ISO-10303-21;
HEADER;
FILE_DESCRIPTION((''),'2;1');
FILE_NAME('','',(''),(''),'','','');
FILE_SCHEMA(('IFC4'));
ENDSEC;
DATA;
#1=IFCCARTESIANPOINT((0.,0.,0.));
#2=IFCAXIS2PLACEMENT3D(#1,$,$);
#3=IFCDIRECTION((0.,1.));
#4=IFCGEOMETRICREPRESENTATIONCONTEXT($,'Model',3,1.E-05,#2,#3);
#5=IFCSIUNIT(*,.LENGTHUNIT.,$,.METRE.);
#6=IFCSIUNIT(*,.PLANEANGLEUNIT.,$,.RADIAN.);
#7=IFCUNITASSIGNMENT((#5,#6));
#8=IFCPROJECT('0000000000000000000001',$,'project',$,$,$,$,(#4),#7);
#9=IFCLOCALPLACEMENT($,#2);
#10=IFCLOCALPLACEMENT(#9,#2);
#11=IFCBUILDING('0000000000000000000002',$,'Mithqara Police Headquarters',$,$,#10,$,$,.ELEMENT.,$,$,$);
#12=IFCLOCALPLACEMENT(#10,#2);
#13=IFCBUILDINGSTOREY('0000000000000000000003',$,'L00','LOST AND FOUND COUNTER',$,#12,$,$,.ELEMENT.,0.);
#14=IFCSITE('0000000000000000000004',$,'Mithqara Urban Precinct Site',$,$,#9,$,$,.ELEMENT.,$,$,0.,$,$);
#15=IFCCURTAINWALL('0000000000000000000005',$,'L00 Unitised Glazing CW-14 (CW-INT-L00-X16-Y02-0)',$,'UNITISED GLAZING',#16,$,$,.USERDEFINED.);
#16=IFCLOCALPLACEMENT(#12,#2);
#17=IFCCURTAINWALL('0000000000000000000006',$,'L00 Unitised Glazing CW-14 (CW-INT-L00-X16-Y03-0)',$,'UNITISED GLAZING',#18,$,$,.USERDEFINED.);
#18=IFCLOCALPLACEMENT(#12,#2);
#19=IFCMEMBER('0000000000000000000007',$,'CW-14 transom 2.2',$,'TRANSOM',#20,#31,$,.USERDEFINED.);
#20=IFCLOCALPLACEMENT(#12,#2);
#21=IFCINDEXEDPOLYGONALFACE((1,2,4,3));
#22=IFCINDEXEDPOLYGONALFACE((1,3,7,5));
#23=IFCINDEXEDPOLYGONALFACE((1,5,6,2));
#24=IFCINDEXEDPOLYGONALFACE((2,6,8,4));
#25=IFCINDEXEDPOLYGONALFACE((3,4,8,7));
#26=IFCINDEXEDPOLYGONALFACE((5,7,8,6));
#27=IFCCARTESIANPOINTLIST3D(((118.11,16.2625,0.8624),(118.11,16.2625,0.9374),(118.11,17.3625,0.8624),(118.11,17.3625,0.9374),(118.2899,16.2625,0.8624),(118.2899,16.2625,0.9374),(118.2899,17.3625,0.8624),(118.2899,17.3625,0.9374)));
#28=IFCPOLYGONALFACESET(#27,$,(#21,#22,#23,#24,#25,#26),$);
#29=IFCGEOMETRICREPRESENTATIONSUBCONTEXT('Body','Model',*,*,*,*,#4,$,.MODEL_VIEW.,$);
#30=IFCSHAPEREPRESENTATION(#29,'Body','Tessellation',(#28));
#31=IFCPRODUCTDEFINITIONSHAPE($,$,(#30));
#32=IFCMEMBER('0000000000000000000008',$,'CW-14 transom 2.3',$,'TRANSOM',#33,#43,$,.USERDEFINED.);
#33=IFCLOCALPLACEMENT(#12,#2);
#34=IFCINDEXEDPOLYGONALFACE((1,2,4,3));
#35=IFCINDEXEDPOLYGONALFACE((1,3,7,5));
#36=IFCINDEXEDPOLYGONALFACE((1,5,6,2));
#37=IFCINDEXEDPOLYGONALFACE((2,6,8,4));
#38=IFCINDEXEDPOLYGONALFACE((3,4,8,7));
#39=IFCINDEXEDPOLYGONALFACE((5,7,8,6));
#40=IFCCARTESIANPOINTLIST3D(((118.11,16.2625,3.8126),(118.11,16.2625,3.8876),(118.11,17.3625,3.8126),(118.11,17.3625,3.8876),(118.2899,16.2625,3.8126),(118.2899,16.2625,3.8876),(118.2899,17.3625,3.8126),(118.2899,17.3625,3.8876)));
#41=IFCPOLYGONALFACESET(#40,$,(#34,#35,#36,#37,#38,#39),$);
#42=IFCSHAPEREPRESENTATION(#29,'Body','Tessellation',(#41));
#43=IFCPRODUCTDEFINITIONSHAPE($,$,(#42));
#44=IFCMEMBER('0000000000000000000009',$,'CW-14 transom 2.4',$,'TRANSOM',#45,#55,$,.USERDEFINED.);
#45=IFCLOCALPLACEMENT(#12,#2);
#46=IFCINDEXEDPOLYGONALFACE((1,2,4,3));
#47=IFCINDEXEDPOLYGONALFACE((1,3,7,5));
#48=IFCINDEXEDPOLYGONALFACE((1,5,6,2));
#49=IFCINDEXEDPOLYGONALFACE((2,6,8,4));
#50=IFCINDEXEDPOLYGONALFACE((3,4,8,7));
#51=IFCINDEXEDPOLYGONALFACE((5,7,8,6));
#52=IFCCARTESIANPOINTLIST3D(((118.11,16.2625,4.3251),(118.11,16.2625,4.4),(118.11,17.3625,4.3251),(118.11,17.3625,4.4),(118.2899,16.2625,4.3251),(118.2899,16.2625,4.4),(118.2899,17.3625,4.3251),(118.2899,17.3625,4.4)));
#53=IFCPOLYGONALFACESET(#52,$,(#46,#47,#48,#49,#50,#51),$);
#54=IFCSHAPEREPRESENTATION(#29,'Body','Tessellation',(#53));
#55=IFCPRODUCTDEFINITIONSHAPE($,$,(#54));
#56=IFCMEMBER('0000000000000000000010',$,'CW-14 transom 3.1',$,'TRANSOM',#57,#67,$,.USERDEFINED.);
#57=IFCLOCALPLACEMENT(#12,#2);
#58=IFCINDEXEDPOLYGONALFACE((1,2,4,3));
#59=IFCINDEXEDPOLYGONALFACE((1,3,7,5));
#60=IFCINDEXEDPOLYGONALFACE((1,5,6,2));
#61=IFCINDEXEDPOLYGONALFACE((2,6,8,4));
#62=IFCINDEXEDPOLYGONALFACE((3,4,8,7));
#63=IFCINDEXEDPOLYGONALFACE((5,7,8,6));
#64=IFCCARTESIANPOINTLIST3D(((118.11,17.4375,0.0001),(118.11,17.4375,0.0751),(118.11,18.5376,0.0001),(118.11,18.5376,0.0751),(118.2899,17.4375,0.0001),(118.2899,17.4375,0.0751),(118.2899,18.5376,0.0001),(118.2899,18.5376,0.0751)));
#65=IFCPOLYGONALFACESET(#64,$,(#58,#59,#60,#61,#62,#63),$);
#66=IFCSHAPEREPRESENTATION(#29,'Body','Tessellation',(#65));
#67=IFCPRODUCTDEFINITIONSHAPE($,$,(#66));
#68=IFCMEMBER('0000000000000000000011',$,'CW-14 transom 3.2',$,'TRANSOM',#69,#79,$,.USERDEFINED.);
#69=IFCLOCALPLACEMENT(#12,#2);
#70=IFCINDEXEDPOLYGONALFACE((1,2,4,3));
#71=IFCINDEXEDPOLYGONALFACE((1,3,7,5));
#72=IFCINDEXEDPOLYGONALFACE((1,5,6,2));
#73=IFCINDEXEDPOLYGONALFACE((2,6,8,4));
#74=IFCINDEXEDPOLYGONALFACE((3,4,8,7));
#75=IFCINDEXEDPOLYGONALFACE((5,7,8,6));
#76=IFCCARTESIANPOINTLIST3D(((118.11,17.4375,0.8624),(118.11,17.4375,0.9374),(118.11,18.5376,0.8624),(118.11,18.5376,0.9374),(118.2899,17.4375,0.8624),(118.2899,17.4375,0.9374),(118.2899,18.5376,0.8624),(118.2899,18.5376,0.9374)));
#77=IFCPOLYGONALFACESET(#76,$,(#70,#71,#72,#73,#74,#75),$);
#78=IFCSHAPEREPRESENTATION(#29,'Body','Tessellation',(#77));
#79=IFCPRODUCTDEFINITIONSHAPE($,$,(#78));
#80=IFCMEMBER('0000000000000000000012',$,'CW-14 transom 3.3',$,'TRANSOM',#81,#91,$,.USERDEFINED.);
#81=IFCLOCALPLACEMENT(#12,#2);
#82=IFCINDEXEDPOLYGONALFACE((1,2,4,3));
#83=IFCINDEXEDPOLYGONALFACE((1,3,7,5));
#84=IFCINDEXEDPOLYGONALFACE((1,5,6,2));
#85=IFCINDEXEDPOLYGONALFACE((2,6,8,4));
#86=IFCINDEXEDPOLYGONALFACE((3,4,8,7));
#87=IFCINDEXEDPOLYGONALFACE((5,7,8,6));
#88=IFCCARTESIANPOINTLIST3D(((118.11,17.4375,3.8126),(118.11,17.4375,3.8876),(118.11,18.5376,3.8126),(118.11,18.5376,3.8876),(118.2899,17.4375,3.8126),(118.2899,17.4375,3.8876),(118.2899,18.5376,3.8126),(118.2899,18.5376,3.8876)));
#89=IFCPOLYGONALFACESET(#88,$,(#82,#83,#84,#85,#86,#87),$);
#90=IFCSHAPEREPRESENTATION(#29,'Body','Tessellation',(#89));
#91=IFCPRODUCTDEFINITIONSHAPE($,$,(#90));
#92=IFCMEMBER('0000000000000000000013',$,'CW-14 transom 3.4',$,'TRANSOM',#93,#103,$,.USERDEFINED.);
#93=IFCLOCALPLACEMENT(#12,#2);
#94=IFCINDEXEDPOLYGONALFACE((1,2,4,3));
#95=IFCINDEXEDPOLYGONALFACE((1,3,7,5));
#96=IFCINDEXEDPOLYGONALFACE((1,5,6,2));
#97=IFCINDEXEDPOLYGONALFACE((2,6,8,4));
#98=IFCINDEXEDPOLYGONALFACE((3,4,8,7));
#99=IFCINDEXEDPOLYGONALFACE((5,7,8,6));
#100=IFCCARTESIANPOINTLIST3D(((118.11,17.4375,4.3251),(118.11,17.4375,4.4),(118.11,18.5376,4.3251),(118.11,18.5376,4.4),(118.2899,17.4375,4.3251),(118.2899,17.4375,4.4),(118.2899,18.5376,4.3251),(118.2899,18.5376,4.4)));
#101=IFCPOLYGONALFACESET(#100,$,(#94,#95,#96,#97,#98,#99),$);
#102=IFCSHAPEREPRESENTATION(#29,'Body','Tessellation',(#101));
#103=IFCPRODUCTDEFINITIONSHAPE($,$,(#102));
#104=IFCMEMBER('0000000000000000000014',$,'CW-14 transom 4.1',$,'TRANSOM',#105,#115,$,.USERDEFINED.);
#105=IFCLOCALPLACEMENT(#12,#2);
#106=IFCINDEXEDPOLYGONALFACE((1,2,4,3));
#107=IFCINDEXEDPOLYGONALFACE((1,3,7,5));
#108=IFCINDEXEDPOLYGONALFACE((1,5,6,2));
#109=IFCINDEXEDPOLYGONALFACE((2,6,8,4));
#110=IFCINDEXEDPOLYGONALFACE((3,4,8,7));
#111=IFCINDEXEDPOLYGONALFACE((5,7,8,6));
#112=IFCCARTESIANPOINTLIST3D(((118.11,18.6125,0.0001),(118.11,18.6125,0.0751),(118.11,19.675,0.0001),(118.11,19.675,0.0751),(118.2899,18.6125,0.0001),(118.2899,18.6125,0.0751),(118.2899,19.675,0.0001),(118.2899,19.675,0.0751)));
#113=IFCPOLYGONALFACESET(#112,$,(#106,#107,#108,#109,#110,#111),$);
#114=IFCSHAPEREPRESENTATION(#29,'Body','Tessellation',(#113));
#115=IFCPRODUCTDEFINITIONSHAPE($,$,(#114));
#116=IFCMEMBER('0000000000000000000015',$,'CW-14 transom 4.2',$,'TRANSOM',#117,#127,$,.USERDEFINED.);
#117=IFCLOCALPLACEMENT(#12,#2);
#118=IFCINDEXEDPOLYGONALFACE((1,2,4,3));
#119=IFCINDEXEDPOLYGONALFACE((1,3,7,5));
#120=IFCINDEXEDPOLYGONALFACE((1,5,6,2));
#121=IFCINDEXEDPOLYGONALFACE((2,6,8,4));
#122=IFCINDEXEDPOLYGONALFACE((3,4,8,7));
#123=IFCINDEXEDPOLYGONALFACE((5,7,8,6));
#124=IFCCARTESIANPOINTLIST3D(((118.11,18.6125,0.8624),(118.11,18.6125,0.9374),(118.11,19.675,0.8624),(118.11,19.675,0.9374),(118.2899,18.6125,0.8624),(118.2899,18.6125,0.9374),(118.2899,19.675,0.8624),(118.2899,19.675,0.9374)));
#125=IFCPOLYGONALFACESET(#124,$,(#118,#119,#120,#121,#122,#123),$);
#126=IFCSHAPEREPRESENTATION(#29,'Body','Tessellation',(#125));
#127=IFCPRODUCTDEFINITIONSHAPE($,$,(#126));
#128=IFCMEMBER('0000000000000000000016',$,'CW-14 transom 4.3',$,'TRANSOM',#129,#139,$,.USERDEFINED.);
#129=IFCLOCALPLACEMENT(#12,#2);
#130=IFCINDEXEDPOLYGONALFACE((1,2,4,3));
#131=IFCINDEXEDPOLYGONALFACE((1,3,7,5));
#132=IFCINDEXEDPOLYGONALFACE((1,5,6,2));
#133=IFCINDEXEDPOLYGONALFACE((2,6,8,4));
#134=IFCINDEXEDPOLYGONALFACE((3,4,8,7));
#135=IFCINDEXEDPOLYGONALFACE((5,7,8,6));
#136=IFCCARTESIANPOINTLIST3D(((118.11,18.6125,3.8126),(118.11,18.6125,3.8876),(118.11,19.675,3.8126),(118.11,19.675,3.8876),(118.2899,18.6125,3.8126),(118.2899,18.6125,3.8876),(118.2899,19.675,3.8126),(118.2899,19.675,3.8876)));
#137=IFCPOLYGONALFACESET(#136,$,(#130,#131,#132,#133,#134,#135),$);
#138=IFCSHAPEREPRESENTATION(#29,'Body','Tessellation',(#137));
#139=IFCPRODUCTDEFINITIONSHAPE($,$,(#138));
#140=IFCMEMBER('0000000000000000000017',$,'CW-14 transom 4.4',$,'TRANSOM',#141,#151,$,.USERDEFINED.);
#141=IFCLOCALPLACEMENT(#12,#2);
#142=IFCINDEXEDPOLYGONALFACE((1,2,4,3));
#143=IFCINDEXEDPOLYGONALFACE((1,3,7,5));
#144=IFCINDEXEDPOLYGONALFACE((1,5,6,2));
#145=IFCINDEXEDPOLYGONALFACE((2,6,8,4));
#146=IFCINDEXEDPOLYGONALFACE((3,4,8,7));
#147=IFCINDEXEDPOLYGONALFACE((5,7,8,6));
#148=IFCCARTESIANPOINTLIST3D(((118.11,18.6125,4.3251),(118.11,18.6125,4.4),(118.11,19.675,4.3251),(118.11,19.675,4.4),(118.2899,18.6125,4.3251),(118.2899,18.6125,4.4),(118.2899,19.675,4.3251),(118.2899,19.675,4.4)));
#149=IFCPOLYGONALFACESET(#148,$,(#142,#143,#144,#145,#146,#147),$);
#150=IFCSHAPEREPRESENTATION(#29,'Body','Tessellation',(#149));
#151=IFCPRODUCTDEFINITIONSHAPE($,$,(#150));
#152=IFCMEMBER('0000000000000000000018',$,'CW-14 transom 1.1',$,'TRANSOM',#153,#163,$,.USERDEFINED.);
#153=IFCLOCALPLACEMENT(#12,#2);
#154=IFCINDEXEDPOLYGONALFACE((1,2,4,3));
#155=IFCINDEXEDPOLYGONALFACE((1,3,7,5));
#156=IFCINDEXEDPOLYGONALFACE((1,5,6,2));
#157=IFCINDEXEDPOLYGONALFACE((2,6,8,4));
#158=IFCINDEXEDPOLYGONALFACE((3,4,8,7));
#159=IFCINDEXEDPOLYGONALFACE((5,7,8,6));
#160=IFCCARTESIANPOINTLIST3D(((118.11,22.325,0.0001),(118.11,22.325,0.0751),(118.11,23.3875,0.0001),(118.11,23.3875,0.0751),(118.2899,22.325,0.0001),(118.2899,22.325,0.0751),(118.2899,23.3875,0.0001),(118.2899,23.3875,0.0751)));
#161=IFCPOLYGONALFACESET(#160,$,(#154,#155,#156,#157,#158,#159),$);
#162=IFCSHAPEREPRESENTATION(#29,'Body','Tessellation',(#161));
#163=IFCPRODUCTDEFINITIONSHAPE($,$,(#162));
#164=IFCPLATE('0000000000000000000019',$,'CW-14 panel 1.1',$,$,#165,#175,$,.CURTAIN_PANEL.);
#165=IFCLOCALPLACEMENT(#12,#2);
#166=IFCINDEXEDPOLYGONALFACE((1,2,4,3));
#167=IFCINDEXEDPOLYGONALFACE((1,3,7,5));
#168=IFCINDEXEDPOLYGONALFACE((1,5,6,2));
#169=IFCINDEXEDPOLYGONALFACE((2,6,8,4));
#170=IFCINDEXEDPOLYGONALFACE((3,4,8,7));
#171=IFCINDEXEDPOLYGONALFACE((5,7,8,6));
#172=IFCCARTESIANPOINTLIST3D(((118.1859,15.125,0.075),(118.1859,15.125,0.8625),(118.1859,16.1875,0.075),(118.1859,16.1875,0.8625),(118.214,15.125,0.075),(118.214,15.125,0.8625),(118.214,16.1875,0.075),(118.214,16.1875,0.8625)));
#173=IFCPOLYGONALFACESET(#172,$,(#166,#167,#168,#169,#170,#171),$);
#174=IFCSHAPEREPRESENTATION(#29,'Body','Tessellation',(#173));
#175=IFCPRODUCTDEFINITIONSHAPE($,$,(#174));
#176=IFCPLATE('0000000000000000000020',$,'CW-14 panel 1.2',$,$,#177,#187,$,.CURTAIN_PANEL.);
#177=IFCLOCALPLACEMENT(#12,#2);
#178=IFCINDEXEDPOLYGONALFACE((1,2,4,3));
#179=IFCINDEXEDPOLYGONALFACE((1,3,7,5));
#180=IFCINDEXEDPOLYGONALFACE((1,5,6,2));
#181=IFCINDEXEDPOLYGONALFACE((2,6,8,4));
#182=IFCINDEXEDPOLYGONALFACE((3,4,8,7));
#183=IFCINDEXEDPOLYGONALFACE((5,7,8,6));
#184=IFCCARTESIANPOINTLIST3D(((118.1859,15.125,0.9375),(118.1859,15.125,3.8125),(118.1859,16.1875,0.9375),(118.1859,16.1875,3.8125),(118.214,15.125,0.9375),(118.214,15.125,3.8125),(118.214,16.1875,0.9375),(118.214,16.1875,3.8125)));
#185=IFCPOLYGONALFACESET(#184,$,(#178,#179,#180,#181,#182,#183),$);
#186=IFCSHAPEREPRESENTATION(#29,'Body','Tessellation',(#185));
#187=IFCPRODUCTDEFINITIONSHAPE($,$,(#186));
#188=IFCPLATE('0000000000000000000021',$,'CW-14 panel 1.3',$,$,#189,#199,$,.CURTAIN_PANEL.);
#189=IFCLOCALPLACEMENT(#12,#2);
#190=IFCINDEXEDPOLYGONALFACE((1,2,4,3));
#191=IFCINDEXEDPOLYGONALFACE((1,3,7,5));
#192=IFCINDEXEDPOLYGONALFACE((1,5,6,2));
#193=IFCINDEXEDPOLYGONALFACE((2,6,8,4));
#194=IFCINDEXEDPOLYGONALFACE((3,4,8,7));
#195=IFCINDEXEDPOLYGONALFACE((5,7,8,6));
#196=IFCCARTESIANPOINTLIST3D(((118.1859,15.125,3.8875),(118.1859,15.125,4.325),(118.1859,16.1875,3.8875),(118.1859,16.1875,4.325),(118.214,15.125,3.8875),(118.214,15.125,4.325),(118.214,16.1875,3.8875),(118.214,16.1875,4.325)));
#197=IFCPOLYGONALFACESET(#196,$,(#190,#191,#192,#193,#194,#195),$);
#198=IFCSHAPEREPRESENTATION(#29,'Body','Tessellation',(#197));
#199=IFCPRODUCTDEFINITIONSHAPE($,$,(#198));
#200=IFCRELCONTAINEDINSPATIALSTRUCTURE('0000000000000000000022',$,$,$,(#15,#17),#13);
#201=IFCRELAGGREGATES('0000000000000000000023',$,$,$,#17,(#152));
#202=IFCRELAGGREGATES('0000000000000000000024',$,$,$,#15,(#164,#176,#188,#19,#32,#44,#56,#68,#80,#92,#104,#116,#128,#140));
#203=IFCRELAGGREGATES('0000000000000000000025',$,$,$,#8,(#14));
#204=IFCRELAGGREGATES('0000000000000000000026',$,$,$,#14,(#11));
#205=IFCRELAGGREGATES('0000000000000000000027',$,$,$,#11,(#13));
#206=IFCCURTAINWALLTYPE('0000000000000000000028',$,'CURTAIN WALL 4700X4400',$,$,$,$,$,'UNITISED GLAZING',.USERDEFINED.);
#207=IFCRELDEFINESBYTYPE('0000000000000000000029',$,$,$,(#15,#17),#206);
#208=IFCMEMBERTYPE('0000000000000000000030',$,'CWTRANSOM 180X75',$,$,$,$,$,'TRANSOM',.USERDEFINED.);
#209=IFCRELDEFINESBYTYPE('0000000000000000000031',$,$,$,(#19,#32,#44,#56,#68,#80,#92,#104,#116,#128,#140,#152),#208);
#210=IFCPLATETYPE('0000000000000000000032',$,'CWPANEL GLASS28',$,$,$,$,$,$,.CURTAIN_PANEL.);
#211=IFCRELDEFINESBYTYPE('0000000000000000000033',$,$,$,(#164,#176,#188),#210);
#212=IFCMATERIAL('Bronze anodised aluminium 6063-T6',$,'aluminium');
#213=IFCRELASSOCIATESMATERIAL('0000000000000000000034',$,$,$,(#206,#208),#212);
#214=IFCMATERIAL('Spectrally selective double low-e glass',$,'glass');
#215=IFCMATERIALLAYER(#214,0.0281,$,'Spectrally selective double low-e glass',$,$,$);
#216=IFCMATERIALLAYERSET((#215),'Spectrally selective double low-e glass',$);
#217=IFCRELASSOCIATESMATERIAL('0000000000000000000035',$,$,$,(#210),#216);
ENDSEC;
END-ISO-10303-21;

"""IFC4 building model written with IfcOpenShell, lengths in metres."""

from ifc_helpers import new_model, si_unit, direction, frame, origin, origin_2d, place, context, subcontext, project, spatial, rectangle, extrude, material, layer, layer_set, material_profile, profile_set, type_object, element, aggregate, save


model = new_model("IFC4")

# Units and contexts
model_context = context("Model", 3, precision=1e-05, world=origin(), true_north=direction((0.0, 1.0)))
body_context = subcontext(model_context, "Body", "Model", "MODEL_VIEW")
ifc_project = project(units=[si_unit("LENGTHUNIT", "METRE"), si_unit("PLANEANGLEUNIT", "RADIAN")], contexts=[model_context])

# Site, building, storey
site_placement = place(None, origin())
site = spatial("IfcSite", under=ifc_project, at=site_placement, Name="Mithqara Urban Precinct Site", CompositionType="ELEMENT", RefElevation=0.0)
building_placement = place(site_placement, origin())
building = spatial("IfcBuilding", under=site, at=building_placement, Name="Mithqara Police Headquarters", CompositionType="ELEMENT")
storey_placement = place(building_placement, origin())
storey = spatial("IfcBuildingStorey", under=building, at=storey_placement, Name="L00", Description="LOST AND FOUND COUNTER", CompositionType="ELEMENT", Elevation=0.0)

# Curtain wall
ifc_material_1 = material(Name="Bronze anodised aluminium 6063-T6", Category="aluminium")
curtain_wall_type = type_object("IfcCurtainWallType", Name="CURTAIN WALL 4700X4400", ElementType="UNITISED GLAZING", PredefinedType="USERDEFINED", material=ifc_material_1)
curtain_wall_1_placement = place(storey_placement, origin())
curtain_wall_1 = element("IfcCurtainWall", 1, at=curtain_wall_1_placement, inside=storey, type_object=curtain_wall_type, Name="L00 Unitised Glazing CW-14 (CW-INT-L00-X16-Y02-0)", ObjectType="UNITISED GLAZING", PredefinedType="USERDEFINED")

# Curtain wall
curtain_wall_2_placement = place(storey_placement, origin())
curtain_wall_2 = element("IfcCurtainWall", 2, at=curtain_wall_2_placement, inside=storey, type_object=curtain_wall_type, Name="L00 Unitised Glazing CW-14 (CW-INT-L00-X16-Y03-0)", ObjectType="UNITISED GLAZING", PredefinedType="USERDEFINED")

# Members
ifc_material_profile_1 = material_profile(ifc_material_1, rectangle(XDim=0.1799, YDim=0.075, at=origin_2d()), Name="CWT 180x75")
ifc_profile_set_1 = profile_set([ifc_material_profile_1], Name="Bronze anodised aluminium 6063-T6")
member_type_1 = type_object("IfcMemberType", Name="CWTRANSOM 180X75", ElementType="TRANSOM", PredefinedType="USERDEFINED", material=ifc_profile_set_1)
member_1_placement = place(storey_placement, frame((118.2, 16.2625, 0.8999), z_axis=(0.0, 1.0, 0.0), x_axis=(-1.0, 0.0, 0.0)))
member_1 = element("IfcMember", 3, at=member_1_placement, type_object=member_type_1, Name="CW-14 transom 2.2", ObjectType="TRANSOM", PredefinedType="USERDEFINED", context=body_context, shape_type="SweptSolid", body=[
    extrude(rectangle(XDim=0.1799, YDim=0.075, at=origin_2d()), origin(), (0.0, 0.0, 1.0), 1.1001),
])
member_2_placement = place(storey_placement, frame((118.2, 16.2625, 3.8501), z_axis=(0.0, 1.0, 0.0), x_axis=(-1.0, 0.0, 0.0)))
member_2 = element("IfcMember", 4, at=member_2_placement, type_object=member_type_1, Name="CW-14 transom 2.3", ObjectType="TRANSOM", PredefinedType="USERDEFINED", context=body_context, shape_type="SweptSolid", body=[
    extrude(rectangle(XDim=0.1799, YDim=0.075, at=origin_2d()), origin(), (0.0, 0.0, 1.0), 1.1001),
])
member_3_placement = place(storey_placement, frame((118.2, 16.2625, 4.3625), z_axis=(0.0, 1.0, 0.0), x_axis=(-1.0, 0.0, 0.0)))
member_3 = element("IfcMember", 5, at=member_3_placement, type_object=member_type_1, Name="CW-14 transom 2.4", ObjectType="TRANSOM", PredefinedType="USERDEFINED", context=body_context, shape_type="SweptSolid", body=[
    extrude(rectangle(XDim=0.1799, YDim=0.075, at=origin_2d()), origin(), (0.0, 0.0, 1.0), 1.1001),
])
member_4_placement = place(storey_placement, frame((118.2, 17.4375, 0.0376), z_axis=(0.0, 1.0, 0.0), x_axis=(-1.0, 0.0, 0.0)))
member_4 = element("IfcMember", 6, at=member_4_placement, type_object=member_type_1, Name="CW-14 transom 3.1", ObjectType="TRANSOM", PredefinedType="USERDEFINED", context=body_context, shape_type="SweptSolid", body=[
    extrude(rectangle(XDim=0.1799, YDim=0.075, at=origin_2d()), origin(), (0.0, 0.0, 1.0), 1.1001),
])
member_5_placement = place(storey_placement, frame((118.2, 17.4375, 0.8999), z_axis=(0.0, 1.0, 0.0), x_axis=(-1.0, 0.0, 0.0)))
member_5 = element("IfcMember", 7, at=member_5_placement, type_object=member_type_1, Name="CW-14 transom 3.2", ObjectType="TRANSOM", PredefinedType="USERDEFINED", context=body_context, shape_type="SweptSolid", body=[
    extrude(rectangle(XDim=0.1799, YDim=0.075, at=origin_2d()), origin(), (0.0, 0.0, 1.0), 1.1001),
])
member_6_placement = place(storey_placement, frame((118.2, 17.4375, 3.8501), z_axis=(0.0, 1.0, 0.0), x_axis=(-1.0, 0.0, 0.0)))
member_6 = element("IfcMember", 8, at=member_6_placement, type_object=member_type_1, Name="CW-14 transom 3.3", ObjectType="TRANSOM", PredefinedType="USERDEFINED", context=body_context, shape_type="SweptSolid", body=[
    extrude(rectangle(XDim=0.1799, YDim=0.075, at=origin_2d()), origin(), (0.0, 0.0, 1.0), 1.1001),
])
member_7_placement = place(storey_placement, frame((118.2, 17.4375, 4.3625), z_axis=(0.0, 1.0, 0.0), x_axis=(-1.0, 0.0, 0.0)))
member_7 = element("IfcMember", 9, at=member_7_placement, type_object=member_type_1, Name="CW-14 transom 3.4", ObjectType="TRANSOM", PredefinedType="USERDEFINED", context=body_context, shape_type="SweptSolid", body=[
    extrude(rectangle(XDim=0.1799, YDim=0.075, at=origin_2d()), origin(), (0.0, 0.0, 1.0), 1.1001),
])
member_8_placement = place(storey_placement, frame((118.2, 18.6125, 0.0376), z_axis=(0.0, 1.0, 0.0), x_axis=(-1.0, 0.0, 0.0)))
member_8 = element("IfcMember", 10, at=member_8_placement, type_object=member_type_1, Name="CW-14 transom 4.1", ObjectType="TRANSOM", PredefinedType="USERDEFINED", context=body_context, shape_type="SweptSolid", body=[
    extrude(rectangle(XDim=0.1799, YDim=0.075, at=origin_2d()), origin(), (0.0, 0.0, 1.0), 1.0625),
])
member_9_placement = place(storey_placement, frame((118.2, 18.6125, 0.8999), z_axis=(0.0, 1.0, 0.0), x_axis=(-1.0, 0.0, 0.0)))
member_9 = element("IfcMember", 11, at=member_9_placement, type_object=member_type_1, Name="CW-14 transom 4.2", ObjectType="TRANSOM", PredefinedType="USERDEFINED", context=body_context, shape_type="SweptSolid", body=[
    extrude(rectangle(XDim=0.1799, YDim=0.075, at=origin_2d()), origin(), (0.0, 0.0, 1.0), 1.0625),
])
member_10_placement = place(storey_placement, frame((118.2, 18.6125, 3.8501), z_axis=(0.0, 1.0, 0.0), x_axis=(-1.0, 0.0, 0.0)))
member_10 = element("IfcMember", 12, at=member_10_placement, type_object=member_type_1, Name="CW-14 transom 4.3", ObjectType="TRANSOM", PredefinedType="USERDEFINED", context=body_context, shape_type="SweptSolid", body=[
    extrude(rectangle(XDim=0.1799, YDim=0.075, at=origin_2d()), origin(), (0.0, 0.0, 1.0), 1.0625),
])
member_11_placement = place(storey_placement, frame((118.2, 18.6125, 4.3625), z_axis=(0.0, 1.0, 0.0), x_axis=(-1.0, 0.0, 0.0)))
member_11 = element("IfcMember", 13, at=member_11_placement, type_object=member_type_1, Name="CW-14 transom 4.4", ObjectType="TRANSOM", PredefinedType="USERDEFINED", context=body_context, shape_type="SweptSolid", body=[
    extrude(rectangle(XDim=0.1799, YDim=0.075, at=origin_2d()), origin(), (0.0, 0.0, 1.0), 1.0625),
])
member_12_placement = place(storey_placement, frame((118.2, 22.325, 0.0376), z_axis=(0.0, 1.0, 0.0), x_axis=(-1.0, 0.0, 0.0)))
member_12 = element("IfcMember", 14, at=member_12_placement, type_object=member_type_1, Name="CW-14 transom 1.1", ObjectType="TRANSOM", PredefinedType="USERDEFINED", context=body_context, shape_type="SweptSolid", body=[
    extrude(rectangle(XDim=0.1799, YDim=0.075, at=origin_2d()), origin(), (0.0, 0.0, 1.0), 1.0625),
])
aggregate(curtain_wall_2, [member_12])

# Plates
ifc_material_2 = material(Name="Spectrally selective double low-e glass", Category="glass")
ifc_layer = layer(ifc_material_2, 0.0281, Name="Spectrally selective double low-e glass")
ifc_layer_set = layer_set([ifc_layer], Name="Spectrally selective double low-e glass")
plate_type = type_object("IfcPlateType", Name="CWPANEL GLASS28", PredefinedType="CURTAIN_PANEL", material=ifc_layer_set)
plate_1_placement = place(storey_placement, frame((118.2, 15.6562, 0.075), z_axis=(0.0, 0.0, 1.0), x_axis=(0.0, 1.0, 0.0)))
plate_1 = element("IfcPlate", 15, at=plate_1_placement, type_object=plate_type, Name="CW-14 panel 1.1", PredefinedType="CURTAIN_PANEL", context=body_context, shape_type="SweptSolid", body=[
    extrude(rectangle(XDim=1.0625, YDim=0.0281, at=origin_2d()), origin(), (0.0, 0.0, 1.0), 0.7876),
])
plate_2_placement = place(storey_placement, frame((118.2, 15.6562, 0.9375), z_axis=(0.0, 0.0, 1.0), x_axis=(0.0, 1.0, 0.0)))
plate_2 = element("IfcPlate", 16, at=plate_2_placement, type_object=plate_type, Name="CW-14 panel 1.2", PredefinedType="CURTAIN_PANEL", context=body_context, shape_type="SweptSolid", body=[
    extrude(rectangle(XDim=1.0625, YDim=0.0281, at=origin_2d()), origin(), (0.0, 0.0, 1.0), 2.875),
])
plate_3_placement = place(storey_placement, frame((118.2, 15.6562, 3.8875), z_axis=(0.0, 0.0, 1.0), x_axis=(0.0, 1.0, 0.0)))
plate_3 = element("IfcPlate", 17, at=plate_3_placement, type_object=plate_type, Name="CW-14 panel 1.3", PredefinedType="CURTAIN_PANEL", context=body_context, shape_type="SweptSolid", body=[
    extrude(rectangle(XDim=1.0625, YDim=0.0281, at=origin_2d()), origin(), (0.0, 0.0, 1.0), 0.4375),
])
aggregate(curtain_wall_1, [plate_1, plate_2, plate_3, member_1, member_2, member_3, member_4, member_5, member_6, member_7, member_8, member_9, member_10, member_11])

save(model, "model.ifc")
